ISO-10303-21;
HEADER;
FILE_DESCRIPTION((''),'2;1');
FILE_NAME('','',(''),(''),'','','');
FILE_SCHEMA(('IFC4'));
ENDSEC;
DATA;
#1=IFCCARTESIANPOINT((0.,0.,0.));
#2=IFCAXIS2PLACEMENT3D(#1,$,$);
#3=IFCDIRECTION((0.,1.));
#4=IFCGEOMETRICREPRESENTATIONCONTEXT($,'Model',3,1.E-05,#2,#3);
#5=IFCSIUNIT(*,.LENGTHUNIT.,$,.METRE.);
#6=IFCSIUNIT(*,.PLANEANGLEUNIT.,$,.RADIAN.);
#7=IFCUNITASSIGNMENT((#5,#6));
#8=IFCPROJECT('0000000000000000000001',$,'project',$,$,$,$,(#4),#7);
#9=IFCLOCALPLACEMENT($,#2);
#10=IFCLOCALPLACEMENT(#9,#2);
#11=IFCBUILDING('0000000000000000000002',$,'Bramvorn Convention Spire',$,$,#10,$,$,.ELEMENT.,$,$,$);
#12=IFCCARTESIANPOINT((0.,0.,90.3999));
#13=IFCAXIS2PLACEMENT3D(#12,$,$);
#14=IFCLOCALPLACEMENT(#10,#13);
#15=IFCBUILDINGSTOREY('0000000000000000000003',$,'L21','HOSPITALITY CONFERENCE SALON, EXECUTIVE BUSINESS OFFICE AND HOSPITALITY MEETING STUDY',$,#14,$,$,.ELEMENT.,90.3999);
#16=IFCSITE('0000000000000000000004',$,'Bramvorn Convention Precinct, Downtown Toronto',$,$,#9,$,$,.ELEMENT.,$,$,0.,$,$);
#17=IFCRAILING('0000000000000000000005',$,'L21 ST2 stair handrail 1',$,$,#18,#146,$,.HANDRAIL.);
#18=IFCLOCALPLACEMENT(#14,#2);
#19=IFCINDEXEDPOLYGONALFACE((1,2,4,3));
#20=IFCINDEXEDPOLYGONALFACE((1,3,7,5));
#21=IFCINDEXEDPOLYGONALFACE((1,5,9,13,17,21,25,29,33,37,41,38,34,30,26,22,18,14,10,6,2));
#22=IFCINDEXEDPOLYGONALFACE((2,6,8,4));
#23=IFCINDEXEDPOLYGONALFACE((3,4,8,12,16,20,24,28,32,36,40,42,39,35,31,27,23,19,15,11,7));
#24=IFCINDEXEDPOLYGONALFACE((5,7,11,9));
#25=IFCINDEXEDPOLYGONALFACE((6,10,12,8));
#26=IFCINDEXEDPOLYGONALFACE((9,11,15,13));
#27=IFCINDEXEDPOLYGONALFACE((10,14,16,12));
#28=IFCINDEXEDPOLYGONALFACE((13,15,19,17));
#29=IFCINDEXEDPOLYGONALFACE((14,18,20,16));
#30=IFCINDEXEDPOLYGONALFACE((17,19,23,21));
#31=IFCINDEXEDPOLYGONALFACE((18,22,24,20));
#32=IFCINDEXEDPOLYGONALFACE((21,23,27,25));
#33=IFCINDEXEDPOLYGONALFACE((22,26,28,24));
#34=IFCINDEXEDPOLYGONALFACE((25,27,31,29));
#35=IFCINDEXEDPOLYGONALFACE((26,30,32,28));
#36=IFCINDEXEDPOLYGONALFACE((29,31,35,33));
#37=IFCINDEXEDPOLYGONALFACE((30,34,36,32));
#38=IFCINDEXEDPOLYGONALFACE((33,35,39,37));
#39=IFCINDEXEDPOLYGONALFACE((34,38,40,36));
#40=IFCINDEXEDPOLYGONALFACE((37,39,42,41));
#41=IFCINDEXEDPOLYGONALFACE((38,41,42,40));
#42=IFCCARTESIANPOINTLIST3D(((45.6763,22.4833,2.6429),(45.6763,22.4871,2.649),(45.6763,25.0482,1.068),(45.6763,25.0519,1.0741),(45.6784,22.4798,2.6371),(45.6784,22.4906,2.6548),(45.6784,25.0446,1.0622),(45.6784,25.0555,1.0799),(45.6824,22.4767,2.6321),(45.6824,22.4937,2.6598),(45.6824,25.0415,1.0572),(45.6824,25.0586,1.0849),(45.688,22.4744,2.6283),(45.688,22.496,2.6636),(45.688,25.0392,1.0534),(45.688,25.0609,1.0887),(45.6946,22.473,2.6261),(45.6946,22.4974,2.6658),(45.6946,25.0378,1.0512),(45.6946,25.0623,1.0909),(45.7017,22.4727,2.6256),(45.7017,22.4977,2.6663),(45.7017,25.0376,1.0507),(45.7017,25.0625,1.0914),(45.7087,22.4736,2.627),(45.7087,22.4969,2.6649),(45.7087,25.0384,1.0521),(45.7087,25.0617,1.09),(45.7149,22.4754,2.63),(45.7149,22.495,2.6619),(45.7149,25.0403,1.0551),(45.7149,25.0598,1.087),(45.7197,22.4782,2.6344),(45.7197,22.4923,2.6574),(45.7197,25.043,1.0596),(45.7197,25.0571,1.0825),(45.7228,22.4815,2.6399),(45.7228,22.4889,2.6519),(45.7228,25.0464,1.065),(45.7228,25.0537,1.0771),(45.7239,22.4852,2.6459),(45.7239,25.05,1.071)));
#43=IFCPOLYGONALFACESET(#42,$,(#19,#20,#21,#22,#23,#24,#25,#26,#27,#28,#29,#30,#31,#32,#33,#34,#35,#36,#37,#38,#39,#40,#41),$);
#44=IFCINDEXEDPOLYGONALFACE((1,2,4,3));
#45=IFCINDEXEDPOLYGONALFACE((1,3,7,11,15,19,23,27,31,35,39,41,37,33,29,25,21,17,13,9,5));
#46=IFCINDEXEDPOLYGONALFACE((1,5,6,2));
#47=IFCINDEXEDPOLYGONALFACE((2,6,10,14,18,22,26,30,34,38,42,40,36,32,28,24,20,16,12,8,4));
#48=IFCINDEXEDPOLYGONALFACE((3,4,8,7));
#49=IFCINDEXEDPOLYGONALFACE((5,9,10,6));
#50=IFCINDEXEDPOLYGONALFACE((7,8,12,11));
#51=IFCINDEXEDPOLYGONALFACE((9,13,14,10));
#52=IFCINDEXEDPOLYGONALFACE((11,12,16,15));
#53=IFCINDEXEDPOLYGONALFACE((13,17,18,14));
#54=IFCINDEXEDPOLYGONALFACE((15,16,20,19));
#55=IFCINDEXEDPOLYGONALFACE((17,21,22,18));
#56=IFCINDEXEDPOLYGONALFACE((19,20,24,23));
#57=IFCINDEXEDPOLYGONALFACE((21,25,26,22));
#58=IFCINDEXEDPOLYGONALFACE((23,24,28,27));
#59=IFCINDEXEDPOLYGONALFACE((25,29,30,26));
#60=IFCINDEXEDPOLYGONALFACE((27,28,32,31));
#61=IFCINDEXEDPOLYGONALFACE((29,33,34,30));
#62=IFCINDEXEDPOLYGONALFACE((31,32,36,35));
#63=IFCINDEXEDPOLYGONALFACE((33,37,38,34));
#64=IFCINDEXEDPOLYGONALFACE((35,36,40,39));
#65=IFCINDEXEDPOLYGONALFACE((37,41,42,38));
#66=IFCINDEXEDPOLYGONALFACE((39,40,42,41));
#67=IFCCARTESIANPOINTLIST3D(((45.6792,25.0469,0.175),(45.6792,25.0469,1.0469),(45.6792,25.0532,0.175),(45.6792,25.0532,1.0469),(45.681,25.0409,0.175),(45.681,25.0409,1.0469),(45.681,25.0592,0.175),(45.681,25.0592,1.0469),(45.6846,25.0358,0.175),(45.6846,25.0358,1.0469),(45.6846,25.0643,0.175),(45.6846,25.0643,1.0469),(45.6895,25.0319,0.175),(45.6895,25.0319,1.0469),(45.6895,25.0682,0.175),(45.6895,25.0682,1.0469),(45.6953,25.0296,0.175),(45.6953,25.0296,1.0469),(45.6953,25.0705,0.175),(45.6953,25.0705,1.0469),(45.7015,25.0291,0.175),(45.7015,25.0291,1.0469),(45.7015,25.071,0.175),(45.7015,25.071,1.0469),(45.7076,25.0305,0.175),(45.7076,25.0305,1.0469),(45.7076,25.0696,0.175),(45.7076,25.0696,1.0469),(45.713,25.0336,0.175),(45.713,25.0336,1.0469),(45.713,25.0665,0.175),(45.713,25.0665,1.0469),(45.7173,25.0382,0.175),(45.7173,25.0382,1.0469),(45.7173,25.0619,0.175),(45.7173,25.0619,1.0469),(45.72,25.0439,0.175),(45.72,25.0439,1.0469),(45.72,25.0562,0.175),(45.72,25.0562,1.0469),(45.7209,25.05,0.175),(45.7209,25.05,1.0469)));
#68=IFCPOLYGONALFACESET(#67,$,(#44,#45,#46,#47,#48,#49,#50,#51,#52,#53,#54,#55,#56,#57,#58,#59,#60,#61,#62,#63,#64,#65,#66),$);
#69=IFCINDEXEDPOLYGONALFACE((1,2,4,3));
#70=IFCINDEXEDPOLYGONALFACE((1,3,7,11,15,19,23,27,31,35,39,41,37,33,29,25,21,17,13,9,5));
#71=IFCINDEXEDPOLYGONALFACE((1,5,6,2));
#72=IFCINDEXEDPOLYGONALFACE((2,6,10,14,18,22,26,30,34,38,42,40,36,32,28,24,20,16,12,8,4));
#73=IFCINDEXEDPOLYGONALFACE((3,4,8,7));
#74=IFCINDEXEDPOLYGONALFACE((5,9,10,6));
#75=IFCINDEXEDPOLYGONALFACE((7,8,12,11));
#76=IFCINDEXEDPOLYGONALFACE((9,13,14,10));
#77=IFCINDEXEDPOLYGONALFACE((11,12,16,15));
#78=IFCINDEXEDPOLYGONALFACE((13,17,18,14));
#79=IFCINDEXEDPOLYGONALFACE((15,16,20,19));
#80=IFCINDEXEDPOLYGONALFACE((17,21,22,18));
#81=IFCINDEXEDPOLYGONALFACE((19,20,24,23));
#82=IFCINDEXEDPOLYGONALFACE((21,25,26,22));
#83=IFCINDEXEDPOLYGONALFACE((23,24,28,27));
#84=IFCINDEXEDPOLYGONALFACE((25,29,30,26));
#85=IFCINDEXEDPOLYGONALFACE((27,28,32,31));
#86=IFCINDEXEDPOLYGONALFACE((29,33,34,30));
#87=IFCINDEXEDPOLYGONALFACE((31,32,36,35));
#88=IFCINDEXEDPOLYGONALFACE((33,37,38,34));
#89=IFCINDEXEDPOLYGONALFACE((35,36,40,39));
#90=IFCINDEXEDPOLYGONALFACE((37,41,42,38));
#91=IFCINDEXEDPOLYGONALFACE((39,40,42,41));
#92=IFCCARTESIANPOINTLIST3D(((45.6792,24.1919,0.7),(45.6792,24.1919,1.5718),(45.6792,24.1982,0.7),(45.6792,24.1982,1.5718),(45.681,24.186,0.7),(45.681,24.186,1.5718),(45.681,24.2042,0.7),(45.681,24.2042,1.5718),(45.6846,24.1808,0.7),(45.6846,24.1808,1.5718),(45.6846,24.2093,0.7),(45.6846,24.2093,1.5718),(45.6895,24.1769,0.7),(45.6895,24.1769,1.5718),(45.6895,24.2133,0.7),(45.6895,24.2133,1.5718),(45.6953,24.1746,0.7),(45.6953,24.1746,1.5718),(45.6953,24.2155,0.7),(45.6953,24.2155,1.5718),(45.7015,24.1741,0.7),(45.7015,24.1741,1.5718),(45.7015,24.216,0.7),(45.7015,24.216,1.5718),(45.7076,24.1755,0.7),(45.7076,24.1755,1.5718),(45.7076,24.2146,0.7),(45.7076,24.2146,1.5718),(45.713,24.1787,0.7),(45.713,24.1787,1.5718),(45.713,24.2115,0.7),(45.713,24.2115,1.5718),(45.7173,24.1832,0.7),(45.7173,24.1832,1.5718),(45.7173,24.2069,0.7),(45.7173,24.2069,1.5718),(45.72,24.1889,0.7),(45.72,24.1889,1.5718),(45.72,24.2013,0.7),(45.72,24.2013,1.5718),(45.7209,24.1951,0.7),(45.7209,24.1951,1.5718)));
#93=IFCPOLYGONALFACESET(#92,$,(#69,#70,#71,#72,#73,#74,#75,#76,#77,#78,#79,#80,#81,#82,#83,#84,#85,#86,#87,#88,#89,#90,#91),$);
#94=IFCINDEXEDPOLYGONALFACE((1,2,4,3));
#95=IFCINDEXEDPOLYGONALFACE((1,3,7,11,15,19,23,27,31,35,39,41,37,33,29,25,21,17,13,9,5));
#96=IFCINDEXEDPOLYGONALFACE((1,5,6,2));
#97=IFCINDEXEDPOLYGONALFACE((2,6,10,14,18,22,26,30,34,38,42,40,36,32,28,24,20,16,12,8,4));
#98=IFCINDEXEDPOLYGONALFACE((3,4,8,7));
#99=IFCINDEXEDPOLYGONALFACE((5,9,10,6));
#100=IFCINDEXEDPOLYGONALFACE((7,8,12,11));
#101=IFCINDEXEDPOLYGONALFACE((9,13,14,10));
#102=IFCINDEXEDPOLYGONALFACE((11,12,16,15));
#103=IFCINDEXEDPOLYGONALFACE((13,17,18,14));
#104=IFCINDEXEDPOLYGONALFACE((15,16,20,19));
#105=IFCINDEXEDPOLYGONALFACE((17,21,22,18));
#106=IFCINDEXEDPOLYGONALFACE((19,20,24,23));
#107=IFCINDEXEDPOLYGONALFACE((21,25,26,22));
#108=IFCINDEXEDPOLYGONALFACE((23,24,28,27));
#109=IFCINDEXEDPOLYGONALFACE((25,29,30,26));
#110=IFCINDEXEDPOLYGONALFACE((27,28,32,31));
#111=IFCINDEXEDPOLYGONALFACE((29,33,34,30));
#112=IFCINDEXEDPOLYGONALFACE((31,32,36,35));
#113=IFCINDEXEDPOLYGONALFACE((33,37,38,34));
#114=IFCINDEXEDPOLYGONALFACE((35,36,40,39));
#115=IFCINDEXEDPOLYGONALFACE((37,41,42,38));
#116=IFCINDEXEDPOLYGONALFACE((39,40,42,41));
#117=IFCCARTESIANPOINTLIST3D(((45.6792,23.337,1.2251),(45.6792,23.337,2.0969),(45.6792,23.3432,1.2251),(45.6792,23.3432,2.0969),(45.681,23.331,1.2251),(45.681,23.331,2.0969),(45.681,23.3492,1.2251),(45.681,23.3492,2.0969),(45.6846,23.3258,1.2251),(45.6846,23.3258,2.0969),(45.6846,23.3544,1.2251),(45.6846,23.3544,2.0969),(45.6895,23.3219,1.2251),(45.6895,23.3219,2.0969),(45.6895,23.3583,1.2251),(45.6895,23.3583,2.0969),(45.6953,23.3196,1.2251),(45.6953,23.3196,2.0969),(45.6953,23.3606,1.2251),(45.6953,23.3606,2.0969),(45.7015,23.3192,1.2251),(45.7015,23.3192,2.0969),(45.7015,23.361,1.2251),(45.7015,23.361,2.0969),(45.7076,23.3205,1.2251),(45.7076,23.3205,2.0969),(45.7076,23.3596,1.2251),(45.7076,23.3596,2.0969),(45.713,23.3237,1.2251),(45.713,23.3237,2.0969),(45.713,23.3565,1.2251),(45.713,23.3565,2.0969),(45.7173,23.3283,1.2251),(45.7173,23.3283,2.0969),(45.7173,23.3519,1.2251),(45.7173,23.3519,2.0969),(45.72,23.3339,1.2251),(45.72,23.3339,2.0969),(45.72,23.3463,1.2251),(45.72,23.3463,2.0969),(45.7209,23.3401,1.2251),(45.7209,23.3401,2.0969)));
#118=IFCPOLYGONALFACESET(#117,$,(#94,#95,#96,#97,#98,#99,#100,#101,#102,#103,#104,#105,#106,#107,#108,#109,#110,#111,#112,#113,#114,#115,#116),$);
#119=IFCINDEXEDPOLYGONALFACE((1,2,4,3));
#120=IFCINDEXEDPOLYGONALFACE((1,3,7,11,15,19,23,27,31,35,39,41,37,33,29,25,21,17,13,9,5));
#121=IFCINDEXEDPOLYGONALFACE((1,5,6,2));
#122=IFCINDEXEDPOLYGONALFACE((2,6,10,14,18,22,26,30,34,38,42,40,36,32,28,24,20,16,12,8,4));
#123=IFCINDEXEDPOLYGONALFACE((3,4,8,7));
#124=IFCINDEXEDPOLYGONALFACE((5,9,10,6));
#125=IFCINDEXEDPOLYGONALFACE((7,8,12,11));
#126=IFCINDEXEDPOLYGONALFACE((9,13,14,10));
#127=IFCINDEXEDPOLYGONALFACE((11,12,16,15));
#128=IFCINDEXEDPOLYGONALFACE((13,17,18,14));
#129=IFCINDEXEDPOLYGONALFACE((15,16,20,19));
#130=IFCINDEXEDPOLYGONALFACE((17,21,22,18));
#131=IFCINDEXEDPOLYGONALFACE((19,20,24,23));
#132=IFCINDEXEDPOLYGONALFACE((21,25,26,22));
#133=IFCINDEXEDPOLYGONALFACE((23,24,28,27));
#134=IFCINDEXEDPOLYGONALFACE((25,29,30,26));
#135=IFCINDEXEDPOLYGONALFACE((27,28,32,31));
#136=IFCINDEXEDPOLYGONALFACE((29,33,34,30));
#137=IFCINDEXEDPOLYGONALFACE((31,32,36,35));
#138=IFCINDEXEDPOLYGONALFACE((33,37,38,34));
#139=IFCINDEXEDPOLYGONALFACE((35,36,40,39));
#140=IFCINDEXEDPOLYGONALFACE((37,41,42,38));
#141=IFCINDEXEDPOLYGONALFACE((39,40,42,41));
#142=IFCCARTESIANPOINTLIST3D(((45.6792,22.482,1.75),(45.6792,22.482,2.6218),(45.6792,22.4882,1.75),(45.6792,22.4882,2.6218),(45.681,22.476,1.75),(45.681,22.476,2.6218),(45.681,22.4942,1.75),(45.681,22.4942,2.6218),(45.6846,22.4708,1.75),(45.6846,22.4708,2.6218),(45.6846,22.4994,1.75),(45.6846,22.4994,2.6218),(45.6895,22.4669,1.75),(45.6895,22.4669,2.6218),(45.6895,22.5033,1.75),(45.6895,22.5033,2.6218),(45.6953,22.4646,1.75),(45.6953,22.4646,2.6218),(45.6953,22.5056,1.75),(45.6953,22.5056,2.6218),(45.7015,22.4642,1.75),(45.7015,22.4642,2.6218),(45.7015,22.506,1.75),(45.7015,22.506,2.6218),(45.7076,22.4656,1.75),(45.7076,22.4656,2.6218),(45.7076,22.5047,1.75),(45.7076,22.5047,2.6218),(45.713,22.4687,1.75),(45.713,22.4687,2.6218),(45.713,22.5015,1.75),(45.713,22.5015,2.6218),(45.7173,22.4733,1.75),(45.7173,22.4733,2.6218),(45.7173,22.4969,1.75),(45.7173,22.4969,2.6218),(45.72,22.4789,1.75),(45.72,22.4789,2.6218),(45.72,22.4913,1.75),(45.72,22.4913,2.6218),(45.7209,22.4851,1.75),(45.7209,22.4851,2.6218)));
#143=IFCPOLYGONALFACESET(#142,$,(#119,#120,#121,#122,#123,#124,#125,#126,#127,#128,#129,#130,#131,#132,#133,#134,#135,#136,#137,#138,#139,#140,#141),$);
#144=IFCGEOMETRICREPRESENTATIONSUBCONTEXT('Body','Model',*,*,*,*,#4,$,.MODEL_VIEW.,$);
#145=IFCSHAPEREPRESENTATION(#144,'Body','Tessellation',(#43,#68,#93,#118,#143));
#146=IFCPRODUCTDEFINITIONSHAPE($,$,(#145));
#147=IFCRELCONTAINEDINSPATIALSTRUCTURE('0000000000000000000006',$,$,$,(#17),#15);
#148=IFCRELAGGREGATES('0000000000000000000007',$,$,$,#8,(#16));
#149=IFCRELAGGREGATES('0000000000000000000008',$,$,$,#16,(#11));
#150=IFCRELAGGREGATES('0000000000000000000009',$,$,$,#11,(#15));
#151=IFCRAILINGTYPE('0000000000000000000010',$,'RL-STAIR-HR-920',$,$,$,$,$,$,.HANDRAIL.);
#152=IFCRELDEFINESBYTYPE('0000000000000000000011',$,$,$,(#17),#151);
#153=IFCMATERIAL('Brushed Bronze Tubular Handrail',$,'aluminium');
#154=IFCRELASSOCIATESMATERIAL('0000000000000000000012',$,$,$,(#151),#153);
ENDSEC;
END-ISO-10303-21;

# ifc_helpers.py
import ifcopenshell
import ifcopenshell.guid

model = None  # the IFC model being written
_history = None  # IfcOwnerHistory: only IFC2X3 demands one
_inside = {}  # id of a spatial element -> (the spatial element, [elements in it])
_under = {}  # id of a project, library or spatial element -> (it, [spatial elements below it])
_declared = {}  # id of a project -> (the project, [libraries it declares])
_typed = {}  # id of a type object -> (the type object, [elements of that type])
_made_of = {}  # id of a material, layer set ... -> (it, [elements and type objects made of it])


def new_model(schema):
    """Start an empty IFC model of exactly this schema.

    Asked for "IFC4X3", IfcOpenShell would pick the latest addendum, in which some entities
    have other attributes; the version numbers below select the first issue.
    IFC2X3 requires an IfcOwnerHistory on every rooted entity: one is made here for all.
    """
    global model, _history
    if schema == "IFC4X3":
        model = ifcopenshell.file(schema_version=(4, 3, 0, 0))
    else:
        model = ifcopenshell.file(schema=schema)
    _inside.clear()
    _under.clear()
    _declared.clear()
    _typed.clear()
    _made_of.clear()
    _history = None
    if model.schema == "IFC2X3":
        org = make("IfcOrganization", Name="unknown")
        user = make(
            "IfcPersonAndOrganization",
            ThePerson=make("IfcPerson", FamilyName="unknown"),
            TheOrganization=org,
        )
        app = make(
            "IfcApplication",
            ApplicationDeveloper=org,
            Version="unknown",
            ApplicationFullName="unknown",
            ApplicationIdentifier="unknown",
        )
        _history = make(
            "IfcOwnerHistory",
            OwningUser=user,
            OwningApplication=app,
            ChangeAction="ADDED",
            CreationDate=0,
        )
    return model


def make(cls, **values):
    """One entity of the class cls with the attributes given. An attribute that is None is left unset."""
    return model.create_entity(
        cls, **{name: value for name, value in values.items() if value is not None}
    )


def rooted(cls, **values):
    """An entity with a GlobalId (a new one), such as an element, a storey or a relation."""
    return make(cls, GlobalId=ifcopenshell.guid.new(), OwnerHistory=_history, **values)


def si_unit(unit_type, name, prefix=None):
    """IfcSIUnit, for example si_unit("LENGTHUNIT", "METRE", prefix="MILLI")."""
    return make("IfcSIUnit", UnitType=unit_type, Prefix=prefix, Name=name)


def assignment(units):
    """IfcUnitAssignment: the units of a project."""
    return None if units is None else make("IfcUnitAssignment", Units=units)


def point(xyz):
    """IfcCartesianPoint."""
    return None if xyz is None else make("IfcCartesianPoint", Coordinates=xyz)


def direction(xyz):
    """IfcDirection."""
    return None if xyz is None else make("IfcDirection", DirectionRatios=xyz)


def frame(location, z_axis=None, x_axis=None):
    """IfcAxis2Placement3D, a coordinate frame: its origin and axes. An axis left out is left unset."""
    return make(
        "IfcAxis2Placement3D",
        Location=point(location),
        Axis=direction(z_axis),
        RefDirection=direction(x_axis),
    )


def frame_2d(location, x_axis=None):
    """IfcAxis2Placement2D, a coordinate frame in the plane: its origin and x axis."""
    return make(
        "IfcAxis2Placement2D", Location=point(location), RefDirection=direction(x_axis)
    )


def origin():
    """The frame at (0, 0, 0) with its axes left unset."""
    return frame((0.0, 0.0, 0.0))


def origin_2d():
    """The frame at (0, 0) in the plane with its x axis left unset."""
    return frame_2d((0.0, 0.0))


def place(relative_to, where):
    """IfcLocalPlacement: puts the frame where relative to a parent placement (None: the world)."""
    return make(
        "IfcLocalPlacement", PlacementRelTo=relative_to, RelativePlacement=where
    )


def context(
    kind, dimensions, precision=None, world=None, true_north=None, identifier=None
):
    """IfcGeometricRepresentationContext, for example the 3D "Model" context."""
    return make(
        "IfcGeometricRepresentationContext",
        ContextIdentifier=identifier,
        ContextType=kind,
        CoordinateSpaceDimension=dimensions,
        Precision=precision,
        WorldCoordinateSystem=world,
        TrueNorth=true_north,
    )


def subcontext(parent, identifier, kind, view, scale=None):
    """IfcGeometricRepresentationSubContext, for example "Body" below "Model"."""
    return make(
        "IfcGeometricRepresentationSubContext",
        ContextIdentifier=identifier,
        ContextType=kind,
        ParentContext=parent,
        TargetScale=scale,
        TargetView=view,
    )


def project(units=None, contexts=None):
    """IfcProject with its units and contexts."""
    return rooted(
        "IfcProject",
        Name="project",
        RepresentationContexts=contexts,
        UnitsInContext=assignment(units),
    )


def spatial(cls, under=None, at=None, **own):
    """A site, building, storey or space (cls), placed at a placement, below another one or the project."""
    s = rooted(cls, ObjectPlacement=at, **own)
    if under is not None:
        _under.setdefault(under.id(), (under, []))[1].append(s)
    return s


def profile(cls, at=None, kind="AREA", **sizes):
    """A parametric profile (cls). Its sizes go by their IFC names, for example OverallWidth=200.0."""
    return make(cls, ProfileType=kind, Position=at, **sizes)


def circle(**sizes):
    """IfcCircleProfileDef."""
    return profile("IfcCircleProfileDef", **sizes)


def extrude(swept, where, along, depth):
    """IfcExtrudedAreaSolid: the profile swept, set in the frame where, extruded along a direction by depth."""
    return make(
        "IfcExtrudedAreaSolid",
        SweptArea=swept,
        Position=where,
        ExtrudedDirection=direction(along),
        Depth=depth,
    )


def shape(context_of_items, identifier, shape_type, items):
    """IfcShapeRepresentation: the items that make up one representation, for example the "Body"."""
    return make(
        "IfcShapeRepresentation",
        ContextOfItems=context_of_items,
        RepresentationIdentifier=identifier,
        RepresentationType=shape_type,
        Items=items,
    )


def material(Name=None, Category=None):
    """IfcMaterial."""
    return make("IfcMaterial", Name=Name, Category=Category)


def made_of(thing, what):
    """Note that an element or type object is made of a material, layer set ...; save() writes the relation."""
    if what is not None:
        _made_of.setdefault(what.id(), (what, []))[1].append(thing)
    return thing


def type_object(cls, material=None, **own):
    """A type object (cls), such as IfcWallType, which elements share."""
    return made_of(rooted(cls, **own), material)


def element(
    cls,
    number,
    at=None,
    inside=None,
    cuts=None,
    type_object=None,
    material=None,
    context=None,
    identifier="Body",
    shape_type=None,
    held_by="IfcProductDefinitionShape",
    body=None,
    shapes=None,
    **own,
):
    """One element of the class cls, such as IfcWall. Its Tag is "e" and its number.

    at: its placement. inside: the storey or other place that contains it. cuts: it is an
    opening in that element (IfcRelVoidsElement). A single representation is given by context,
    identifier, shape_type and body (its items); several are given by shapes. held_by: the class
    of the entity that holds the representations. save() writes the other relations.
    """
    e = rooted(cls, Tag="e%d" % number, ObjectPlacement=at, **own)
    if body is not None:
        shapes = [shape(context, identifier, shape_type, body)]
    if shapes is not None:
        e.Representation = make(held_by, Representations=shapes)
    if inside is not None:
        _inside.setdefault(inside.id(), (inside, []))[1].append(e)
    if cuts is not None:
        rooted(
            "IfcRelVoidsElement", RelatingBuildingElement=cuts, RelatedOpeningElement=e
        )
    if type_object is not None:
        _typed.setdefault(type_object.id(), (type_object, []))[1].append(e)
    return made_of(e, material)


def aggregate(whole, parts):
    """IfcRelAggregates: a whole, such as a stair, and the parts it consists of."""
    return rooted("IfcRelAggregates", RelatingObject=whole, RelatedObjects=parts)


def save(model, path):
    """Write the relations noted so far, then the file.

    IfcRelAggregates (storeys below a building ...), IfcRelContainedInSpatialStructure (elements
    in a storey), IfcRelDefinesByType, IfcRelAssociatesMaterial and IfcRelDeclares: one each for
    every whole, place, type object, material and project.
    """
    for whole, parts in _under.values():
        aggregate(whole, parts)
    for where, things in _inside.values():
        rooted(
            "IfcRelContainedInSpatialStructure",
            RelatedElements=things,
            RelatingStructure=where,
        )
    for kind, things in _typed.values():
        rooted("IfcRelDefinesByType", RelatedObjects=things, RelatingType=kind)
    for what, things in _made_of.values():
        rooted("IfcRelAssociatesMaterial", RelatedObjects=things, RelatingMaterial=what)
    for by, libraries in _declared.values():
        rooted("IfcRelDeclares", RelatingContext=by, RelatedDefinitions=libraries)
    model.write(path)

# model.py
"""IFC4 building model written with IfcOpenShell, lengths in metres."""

from ifc_helpers import new_model, si_unit, direction, frame, origin, origin_2d, place, context, subcontext, project, spatial, circle, extrude, material, type_object, element, save


model = new_model("IFC4")

# Units and contexts
model_context = context("Model", 3, precision=1e-05, world=origin(), true_north=direction((0.0, 1.0)))
body_context = subcontext(model_context, "Body", "Model", "MODEL_VIEW")
ifc_project = project(units=[si_unit("LENGTHUNIT", "METRE"), si_unit("PLANEANGLEUNIT", "RADIAN")], contexts=[model_context])

# Site, building, storey
site_placement = place(None, origin())
site = spatial("IfcSite", under=ifc_project, at=site_placement, Name="Bramvorn Convention Precinct, Downtown Toronto", CompositionType="ELEMENT", RefElevation=0.0)
building_placement = place(site_placement, origin())
building = spatial("IfcBuilding", under=site, at=building_placement, Name="Bramvorn Convention Spire", CompositionType="ELEMENT")
storey_placement = place(building_placement, frame((0.0, 0.0, 90.3999)))
storey = spatial("IfcBuildingStorey", under=building, at=storey_placement, Name="L21", Description="HOSPITALITY CONFERENCE SALON, EXECUTIVE BUSINESS OFFICE AND HOSPITALITY MEETING STUDY", CompositionType="ELEMENT", Elevation=90.3999)

# Railing
ifc_material_1 = material(Name="Brushed Bronze Tubular Handrail", Category="aluminium")
railing_type_1 = type_object("IfcRailingType", Name="RL-STAIR-HR-920", PredefinedType="HANDRAIL", material=ifc_material_1)
railing_1_placement = place(storey_placement, frame((45.7, 25.05, 0.175)))
element("IfcRailing", 1, at=railing_1_placement, inside=storey, type_object=railing_type_1, Name="L21 ST2 stair handrail 1", PredefinedType="HANDRAIL", context=body_context, shape_type="SweptSolid", body=[
    extrude(circle(Radius=0.0239, at=origin_2d()), frame((0.0, 0.0, 0.896), z_axis=(0.0, -0.852173, 0.52326), x_axis=(1.0, 0.0, 0.0)), (0.0, 0.0, 1.0), 3.0098),
    extrude(circle(Radius=0.021, at=origin_2d()), origin(), (0.0, 0.0, 1.0), 0.8718),
    extrude(circle(Radius=0.021, at=origin_2d()), frame((0.0, -0.855, 0.5249)), (0.0, 0.0, 1.0), 0.8718),
    extrude(circle(Radius=0.021, at=origin_2d()), frame((0.0, -1.71, 1.05)), (0.0, 0.0, 1.0), 0.8718),
    extrude(circle(Radius=0.021, at=origin_2d()), frame((0.0, -2.5649, 1.575)), (0.0, 0.0, 1.0), 0.8718),
])

save(model, "model.ifc")
